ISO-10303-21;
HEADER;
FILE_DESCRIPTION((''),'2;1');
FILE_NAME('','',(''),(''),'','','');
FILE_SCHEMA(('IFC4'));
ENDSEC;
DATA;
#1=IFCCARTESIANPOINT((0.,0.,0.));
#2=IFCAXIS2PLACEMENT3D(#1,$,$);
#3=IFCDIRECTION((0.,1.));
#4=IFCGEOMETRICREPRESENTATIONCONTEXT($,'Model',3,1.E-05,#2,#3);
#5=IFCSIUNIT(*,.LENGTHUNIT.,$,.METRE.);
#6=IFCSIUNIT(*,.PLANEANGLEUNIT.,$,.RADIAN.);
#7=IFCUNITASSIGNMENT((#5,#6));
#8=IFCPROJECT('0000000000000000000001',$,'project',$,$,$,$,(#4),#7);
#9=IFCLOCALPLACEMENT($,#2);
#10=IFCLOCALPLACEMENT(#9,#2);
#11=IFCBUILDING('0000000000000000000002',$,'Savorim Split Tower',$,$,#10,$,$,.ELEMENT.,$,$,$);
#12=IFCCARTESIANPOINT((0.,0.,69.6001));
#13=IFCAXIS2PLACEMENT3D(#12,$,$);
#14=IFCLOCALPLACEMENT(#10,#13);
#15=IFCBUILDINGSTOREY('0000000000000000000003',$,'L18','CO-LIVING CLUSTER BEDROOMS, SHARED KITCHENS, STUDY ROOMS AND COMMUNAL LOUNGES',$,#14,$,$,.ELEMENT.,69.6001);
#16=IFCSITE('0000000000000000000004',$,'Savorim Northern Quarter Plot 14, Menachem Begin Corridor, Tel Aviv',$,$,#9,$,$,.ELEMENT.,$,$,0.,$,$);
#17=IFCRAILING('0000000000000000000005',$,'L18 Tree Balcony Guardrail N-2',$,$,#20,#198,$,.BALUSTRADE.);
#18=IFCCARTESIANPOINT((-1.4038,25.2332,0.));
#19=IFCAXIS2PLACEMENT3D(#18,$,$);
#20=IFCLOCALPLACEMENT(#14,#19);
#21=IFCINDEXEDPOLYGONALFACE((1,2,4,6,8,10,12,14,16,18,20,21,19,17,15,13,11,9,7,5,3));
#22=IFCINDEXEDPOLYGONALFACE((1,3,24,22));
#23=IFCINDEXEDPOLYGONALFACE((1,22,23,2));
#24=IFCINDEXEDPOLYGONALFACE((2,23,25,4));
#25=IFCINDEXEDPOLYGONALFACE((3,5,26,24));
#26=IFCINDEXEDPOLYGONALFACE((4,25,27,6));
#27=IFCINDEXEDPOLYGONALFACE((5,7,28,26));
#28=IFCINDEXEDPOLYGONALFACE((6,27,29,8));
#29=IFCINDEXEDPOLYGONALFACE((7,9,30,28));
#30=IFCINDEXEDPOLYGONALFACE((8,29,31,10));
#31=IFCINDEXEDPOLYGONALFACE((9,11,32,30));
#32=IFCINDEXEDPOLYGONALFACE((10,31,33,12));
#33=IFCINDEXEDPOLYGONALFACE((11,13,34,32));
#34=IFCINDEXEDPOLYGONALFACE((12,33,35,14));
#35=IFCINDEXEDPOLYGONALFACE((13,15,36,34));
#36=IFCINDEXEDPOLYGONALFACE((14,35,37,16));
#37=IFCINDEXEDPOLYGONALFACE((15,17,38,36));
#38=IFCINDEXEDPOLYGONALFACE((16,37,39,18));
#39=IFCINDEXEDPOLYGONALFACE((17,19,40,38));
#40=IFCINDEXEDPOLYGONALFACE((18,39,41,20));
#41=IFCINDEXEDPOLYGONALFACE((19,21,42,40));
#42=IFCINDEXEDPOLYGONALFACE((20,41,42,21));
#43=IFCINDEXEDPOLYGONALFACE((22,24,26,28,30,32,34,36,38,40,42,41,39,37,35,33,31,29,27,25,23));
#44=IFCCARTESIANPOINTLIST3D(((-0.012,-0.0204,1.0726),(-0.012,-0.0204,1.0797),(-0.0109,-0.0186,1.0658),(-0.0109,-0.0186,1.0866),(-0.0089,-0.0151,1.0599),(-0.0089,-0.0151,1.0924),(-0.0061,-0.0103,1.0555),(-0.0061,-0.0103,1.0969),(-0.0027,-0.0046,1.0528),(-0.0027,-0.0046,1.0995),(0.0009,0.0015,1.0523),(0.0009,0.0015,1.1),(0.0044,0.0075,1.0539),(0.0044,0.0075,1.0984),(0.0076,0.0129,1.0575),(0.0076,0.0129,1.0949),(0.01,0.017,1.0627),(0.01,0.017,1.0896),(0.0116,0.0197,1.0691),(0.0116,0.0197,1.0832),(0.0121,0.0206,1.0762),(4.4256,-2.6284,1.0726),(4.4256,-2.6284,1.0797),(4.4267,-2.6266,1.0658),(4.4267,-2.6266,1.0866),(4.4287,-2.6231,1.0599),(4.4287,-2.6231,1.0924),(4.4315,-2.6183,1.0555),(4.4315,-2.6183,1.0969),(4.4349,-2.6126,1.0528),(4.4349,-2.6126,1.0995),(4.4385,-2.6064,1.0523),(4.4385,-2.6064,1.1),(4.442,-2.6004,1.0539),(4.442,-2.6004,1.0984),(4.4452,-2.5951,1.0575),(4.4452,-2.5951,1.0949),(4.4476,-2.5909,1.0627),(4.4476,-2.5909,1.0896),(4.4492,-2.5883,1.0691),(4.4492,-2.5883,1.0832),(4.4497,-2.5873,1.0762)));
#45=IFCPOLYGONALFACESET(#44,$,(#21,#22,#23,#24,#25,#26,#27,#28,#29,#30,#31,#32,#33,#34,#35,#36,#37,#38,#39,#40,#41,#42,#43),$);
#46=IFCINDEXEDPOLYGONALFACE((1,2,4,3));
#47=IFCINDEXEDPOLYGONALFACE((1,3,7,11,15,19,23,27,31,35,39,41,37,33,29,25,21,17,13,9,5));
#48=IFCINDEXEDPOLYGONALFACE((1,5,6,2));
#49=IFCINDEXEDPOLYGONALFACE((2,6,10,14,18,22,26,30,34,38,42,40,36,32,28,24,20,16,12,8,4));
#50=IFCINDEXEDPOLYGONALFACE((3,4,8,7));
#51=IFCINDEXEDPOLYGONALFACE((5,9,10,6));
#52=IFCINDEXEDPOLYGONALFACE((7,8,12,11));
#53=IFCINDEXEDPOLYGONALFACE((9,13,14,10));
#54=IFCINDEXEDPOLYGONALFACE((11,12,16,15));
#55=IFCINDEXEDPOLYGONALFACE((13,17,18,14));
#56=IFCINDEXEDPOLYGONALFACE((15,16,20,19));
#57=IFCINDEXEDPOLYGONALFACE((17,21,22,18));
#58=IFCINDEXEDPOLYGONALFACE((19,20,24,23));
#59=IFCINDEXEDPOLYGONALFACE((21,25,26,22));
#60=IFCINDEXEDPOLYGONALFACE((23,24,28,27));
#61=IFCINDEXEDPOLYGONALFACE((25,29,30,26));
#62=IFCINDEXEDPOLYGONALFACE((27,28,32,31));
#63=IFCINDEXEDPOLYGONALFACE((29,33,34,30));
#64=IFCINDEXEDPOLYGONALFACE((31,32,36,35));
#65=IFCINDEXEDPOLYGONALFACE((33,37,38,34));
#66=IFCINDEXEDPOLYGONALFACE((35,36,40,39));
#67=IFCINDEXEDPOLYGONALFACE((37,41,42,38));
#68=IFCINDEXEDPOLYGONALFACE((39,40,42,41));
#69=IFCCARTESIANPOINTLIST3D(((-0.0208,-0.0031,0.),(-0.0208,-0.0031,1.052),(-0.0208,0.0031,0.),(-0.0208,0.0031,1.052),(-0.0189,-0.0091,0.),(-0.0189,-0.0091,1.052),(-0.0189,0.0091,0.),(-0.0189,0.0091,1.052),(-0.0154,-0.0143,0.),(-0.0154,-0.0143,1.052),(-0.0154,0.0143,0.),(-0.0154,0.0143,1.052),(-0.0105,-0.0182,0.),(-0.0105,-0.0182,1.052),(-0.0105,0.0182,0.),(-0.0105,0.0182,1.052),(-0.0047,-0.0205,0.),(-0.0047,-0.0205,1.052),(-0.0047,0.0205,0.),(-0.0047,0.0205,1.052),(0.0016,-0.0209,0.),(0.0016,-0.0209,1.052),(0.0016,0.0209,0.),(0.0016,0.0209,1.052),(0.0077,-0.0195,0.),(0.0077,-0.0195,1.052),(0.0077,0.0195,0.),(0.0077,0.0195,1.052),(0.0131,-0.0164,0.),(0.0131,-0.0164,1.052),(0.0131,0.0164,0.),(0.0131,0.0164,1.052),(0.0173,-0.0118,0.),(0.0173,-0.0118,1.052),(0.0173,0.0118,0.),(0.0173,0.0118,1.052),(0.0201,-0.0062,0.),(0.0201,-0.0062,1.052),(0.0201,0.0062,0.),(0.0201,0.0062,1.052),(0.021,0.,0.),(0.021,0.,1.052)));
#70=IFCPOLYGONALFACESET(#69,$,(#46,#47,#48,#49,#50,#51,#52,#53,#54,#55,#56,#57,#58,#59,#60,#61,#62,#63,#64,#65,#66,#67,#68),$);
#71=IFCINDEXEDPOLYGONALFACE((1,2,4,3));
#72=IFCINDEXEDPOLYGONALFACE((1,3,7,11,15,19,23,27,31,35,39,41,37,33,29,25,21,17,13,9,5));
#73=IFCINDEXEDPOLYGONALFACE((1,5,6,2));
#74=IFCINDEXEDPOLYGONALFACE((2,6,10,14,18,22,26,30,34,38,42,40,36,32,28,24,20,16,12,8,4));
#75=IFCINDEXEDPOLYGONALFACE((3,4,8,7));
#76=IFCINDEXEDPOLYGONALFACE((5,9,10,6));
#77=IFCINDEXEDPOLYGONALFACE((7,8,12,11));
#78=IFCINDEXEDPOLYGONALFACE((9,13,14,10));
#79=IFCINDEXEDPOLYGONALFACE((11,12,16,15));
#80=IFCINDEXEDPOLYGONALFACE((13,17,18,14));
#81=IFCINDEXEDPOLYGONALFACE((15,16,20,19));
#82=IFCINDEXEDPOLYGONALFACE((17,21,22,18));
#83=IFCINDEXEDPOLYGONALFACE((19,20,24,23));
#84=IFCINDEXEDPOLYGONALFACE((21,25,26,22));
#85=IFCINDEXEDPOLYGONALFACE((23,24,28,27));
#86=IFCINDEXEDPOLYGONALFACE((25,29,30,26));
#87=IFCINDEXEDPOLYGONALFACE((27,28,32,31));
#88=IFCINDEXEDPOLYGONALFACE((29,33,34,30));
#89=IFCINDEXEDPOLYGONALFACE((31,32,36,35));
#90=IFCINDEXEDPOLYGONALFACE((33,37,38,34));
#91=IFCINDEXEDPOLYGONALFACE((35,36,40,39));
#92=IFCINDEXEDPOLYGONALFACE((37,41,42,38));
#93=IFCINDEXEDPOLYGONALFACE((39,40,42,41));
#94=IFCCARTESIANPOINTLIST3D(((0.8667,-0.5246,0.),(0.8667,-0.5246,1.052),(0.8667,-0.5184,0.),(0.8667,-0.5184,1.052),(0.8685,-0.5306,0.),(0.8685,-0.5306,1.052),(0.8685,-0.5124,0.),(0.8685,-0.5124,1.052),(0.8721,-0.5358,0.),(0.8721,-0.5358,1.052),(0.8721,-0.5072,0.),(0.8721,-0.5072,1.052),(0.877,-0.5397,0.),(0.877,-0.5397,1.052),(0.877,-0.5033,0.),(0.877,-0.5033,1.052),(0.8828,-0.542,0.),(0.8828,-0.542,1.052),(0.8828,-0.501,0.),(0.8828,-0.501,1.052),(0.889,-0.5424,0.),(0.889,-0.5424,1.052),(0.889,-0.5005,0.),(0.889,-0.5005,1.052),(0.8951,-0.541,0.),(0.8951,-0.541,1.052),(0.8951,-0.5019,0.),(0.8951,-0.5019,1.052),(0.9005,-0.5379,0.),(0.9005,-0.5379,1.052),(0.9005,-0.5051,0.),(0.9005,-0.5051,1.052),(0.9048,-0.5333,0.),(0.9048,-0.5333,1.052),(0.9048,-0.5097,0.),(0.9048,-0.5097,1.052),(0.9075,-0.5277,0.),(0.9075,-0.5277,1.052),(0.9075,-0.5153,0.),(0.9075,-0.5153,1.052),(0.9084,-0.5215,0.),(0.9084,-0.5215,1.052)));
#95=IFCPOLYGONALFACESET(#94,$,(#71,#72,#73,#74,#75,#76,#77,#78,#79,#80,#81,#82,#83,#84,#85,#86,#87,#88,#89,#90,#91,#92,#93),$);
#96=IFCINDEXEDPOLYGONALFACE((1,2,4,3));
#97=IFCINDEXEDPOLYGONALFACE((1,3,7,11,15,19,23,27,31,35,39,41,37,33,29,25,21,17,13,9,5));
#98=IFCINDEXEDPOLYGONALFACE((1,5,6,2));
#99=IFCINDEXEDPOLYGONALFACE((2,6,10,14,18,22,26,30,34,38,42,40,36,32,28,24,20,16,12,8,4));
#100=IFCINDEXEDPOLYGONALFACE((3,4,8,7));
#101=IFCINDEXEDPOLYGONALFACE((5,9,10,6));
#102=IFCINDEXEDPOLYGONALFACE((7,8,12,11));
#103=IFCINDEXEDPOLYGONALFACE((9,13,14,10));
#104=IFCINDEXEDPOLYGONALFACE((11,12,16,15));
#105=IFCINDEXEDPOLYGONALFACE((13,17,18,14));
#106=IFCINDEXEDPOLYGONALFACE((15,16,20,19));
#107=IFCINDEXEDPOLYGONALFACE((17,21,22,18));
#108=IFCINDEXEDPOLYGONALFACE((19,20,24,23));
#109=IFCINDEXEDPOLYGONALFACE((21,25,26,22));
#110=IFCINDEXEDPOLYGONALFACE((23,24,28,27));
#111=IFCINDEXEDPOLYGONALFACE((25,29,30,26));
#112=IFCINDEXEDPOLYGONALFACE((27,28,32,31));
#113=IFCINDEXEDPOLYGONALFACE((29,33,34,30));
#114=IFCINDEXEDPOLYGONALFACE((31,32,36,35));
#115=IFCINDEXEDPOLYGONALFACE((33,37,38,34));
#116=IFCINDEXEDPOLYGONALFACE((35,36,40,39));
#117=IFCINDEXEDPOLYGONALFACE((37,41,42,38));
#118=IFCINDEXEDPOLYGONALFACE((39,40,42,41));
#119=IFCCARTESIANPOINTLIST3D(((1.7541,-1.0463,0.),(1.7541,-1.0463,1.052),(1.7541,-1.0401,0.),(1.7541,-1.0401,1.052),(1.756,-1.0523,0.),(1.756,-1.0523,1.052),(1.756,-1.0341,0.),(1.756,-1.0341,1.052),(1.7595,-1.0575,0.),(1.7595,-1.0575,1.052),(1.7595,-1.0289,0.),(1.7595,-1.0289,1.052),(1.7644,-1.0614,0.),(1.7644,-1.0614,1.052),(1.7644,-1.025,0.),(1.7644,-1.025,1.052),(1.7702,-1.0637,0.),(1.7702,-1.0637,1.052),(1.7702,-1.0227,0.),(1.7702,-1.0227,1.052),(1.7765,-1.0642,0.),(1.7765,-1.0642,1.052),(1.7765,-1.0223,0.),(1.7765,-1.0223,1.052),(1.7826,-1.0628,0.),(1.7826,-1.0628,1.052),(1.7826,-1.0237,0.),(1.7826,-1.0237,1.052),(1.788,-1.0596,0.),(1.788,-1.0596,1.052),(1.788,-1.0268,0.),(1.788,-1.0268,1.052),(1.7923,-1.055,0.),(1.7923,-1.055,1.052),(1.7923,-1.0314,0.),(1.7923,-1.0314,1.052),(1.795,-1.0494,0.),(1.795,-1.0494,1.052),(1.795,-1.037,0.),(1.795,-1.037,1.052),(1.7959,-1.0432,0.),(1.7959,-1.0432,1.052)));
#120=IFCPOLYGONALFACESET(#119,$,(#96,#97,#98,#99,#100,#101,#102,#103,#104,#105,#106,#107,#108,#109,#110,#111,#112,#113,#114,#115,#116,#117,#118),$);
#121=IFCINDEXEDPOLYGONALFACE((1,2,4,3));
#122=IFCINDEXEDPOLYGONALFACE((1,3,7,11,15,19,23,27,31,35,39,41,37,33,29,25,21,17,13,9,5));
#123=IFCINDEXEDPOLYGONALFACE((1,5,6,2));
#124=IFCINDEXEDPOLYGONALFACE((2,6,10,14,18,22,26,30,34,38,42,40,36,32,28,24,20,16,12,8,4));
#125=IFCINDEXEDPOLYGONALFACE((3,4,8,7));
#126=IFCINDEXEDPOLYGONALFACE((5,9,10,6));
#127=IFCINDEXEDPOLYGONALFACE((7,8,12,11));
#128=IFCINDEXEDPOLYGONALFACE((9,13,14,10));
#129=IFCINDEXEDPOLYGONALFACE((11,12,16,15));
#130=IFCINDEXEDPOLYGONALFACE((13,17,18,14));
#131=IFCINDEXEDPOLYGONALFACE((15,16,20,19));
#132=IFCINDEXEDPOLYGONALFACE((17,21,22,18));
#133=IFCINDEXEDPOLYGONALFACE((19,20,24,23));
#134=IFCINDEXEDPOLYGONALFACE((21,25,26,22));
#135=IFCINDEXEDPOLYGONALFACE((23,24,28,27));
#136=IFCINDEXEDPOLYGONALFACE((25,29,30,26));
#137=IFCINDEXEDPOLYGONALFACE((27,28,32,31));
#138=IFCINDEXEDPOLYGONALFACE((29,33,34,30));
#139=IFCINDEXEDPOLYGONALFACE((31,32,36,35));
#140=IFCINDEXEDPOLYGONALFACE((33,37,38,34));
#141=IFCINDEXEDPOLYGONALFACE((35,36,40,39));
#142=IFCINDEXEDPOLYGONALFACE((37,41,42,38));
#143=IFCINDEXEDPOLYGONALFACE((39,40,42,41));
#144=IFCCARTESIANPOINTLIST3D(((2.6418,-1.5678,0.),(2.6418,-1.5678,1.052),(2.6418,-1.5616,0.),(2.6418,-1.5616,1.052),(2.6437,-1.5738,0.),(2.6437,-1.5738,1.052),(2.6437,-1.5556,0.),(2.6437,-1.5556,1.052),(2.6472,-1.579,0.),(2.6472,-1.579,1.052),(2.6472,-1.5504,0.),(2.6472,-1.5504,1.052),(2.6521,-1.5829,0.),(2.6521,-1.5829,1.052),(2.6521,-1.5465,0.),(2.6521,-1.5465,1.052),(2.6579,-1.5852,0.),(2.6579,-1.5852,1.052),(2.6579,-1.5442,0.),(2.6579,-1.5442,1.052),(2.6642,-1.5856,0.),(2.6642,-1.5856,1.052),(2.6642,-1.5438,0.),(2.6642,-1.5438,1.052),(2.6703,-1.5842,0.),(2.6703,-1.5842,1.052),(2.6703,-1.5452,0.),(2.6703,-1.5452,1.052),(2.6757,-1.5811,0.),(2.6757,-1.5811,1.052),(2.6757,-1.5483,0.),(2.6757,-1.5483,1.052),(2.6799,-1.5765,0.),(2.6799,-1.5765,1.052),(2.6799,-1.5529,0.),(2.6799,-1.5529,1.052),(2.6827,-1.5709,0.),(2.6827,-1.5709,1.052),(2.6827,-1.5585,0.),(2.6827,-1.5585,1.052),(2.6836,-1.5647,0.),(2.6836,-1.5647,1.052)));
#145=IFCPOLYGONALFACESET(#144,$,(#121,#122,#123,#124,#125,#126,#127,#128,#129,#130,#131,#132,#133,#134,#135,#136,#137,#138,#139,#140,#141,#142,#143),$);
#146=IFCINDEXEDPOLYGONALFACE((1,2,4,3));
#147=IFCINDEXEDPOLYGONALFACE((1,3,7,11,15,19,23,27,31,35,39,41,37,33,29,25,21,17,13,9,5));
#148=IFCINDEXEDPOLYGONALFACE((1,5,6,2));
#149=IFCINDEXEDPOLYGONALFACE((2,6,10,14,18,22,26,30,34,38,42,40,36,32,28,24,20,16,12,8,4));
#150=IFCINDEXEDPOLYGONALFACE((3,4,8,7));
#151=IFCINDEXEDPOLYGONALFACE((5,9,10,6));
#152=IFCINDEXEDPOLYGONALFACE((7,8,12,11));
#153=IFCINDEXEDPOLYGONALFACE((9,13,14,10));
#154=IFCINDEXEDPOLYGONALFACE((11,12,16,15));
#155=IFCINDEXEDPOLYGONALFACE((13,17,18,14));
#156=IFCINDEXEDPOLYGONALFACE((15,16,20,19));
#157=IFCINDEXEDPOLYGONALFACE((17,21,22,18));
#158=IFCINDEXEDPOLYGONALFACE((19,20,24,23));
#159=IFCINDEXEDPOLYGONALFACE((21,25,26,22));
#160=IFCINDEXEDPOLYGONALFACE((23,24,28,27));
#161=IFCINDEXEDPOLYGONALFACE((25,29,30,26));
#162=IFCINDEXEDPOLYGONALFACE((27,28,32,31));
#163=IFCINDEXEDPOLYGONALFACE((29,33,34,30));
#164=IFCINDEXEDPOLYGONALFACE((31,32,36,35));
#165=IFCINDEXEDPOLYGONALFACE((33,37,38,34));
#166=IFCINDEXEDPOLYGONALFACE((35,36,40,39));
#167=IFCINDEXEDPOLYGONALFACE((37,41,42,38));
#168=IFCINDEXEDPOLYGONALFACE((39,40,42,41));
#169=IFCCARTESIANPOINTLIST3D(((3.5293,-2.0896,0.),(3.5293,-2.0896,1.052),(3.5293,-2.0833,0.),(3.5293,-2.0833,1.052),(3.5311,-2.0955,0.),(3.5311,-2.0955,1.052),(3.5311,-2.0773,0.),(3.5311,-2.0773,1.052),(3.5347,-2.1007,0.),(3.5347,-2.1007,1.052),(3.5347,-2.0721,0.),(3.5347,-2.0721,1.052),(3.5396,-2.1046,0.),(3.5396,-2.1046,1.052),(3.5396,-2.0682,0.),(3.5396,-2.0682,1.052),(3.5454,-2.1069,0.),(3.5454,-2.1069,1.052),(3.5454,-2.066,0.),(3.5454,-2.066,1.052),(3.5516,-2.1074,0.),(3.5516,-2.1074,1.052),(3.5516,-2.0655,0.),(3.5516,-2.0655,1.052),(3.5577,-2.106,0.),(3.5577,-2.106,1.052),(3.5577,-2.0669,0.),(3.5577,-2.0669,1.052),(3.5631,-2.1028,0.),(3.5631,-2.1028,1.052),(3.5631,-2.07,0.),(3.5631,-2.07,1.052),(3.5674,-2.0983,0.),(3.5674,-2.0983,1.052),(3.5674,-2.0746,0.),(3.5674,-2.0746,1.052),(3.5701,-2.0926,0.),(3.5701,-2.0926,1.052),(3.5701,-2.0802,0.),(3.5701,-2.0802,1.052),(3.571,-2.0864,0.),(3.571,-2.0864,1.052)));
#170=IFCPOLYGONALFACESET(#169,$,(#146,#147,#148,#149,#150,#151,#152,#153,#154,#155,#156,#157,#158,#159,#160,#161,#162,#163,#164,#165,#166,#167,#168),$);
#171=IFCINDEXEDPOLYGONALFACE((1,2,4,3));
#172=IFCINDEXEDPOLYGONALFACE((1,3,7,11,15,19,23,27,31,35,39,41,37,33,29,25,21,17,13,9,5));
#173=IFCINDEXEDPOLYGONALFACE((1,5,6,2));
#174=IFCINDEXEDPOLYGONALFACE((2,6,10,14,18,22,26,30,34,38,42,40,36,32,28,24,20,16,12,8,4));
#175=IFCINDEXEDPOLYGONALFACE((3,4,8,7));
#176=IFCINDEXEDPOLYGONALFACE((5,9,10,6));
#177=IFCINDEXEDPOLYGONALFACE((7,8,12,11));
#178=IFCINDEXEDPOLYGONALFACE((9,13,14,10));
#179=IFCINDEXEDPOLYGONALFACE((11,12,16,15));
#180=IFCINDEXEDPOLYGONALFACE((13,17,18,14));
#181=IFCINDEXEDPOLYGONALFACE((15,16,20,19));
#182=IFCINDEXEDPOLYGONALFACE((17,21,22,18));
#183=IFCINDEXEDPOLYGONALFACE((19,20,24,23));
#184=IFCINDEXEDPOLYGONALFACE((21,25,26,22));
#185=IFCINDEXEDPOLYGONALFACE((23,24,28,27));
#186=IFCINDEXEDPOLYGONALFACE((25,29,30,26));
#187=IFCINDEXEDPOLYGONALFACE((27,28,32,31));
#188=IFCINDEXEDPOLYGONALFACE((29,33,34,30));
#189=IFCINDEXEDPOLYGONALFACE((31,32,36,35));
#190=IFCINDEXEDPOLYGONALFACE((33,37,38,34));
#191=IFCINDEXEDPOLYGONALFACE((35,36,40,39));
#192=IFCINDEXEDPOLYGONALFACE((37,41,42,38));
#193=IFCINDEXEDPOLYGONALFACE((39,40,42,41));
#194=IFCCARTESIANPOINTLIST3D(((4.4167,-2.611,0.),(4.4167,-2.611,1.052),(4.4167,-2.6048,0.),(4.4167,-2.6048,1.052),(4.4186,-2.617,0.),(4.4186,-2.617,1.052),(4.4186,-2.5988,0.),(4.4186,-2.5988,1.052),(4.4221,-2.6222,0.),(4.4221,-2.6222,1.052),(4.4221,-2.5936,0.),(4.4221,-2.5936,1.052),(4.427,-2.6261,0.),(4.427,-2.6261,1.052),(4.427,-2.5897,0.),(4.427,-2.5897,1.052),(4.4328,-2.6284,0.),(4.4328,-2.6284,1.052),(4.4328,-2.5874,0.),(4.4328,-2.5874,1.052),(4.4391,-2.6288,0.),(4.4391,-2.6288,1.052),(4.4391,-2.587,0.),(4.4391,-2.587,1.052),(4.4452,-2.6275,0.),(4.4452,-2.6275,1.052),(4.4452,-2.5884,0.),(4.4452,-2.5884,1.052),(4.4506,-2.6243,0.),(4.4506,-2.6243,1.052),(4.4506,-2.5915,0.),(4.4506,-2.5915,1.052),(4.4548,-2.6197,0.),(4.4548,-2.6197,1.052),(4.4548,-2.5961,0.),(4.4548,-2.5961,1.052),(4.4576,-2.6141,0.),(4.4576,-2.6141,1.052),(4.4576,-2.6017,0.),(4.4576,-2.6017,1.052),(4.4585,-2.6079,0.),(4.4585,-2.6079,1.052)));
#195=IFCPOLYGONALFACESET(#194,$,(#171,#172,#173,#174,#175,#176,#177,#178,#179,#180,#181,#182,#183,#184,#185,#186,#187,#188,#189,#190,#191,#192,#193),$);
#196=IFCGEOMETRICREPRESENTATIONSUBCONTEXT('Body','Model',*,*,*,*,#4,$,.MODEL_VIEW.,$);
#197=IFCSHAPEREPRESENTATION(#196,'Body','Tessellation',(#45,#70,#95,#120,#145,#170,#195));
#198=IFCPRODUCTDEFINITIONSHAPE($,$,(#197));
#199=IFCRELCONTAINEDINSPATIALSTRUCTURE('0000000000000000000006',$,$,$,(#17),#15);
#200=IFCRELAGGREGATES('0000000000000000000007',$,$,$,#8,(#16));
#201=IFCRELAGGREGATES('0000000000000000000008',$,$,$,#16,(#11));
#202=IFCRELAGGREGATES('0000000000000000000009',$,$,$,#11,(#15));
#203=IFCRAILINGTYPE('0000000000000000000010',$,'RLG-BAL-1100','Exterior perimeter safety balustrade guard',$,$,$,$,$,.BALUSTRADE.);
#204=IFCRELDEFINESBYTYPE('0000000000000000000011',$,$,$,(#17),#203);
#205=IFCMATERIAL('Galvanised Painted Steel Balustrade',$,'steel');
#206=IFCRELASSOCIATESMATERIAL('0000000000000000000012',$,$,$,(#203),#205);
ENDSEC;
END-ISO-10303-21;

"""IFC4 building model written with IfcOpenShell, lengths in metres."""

from ifc_helpers import new_model, si_unit, direction, frame, origin, origin_2d, place, context, subcontext, project, spatial, circle, extrude, material, type_object, element, save


model = new_model("IFC4")

# Units and contexts
model_context = context("Model", 3, precision=1e-05, world=origin(), true_north=direction((0.0, 1.0)))
body_context = subcontext(model_context, "Body", "Model", "MODEL_VIEW")
ifc_project = project(units=[si_unit("LENGTHUNIT", "METRE"), si_unit("PLANEANGLEUNIT", "RADIAN")], contexts=[model_context])

# Site, building, storey
site_placement = place(None, origin())
site = spatial("IfcSite", under=ifc_project, at=site_placement, Name="Savorim Northern Quarter Plot 14, Menachem Begin Corridor, Tel Aviv", CompositionType="ELEMENT", RefElevation=0.0)
building_placement = place(site_placement, origin())
building = spatial("IfcBuilding", under=site, at=building_placement, Name="Savorim Split Tower", CompositionType="ELEMENT")
storey_placement = place(building_placement, frame((0.0, 0.0, 69.6001)))
storey = spatial("IfcBuildingStorey", under=building, at=storey_placement, Name="L18", Description="CO-LIVING CLUSTER BEDROOMS, SHARED KITCHENS, STUDY ROOMS AND COMMUNAL LOUNGES", CompositionType="ELEMENT", Elevation=69.6001)

# Railing
ifc_material_1 = material(Name="Galvanised Painted Steel Balustrade", Category="steel")
railing_type = type_object("IfcRailingType", Name="RLG-BAL-1100", Description="Exterior perimeter safety balustrade guard", PredefinedType="BALUSTRADE", material=ifc_material_1)
railing_1_placement = place(storey_placement, frame((-1.4038, 25.2332, 0.0)))
element("IfcRailing", 1, at=railing_1_placement, inside=storey, type_object=railing_type, Name="L18 Tree Balcony Guardrail N-2", PredefinedType="BALUSTRADE", context=body_context, shape_type="SweptSolid", body=[
    extrude(circle(Radius=0.0239, at=origin_2d()), frame((0.0, 0.0, 1.0762), z_axis=(0.862137, -0.506676, 0.0), x_axis=(0.506676, 0.862137, 0.0)), (0.0, 0.0, 1.0), 5.1472),
    extrude(circle(Radius=0.021, at=origin_2d()), origin(), (0.0, 0.0, 1.0), 1.052),
    extrude(circle(Radius=0.021, at=origin_2d()), frame((0.8875, -0.5215, 0.0)), (0.0, 0.0, 1.0), 1.052),
    extrude(circle(Radius=0.021, at=origin_2d()), frame((1.7749, -1.0432, 0.0)), (0.0, 0.0, 1.0), 1.052),
    extrude(circle(Radius=0.021, at=origin_2d()), frame((2.6626, -1.5647, 0.0)), (0.0, 0.0, 1.0), 1.052),
    extrude(circle(Radius=0.021, at=origin_2d()), frame((3.55, -2.0864, 0.0)), (0.0, 0.0, 1.0), 1.052),
    extrude(circle(Radius=0.021, at=origin_2d()), frame((4.4375, -2.6079, 0.0)), (0.0, 0.0, 1.0), 1.052),
])

save(model, "model.ifc")
